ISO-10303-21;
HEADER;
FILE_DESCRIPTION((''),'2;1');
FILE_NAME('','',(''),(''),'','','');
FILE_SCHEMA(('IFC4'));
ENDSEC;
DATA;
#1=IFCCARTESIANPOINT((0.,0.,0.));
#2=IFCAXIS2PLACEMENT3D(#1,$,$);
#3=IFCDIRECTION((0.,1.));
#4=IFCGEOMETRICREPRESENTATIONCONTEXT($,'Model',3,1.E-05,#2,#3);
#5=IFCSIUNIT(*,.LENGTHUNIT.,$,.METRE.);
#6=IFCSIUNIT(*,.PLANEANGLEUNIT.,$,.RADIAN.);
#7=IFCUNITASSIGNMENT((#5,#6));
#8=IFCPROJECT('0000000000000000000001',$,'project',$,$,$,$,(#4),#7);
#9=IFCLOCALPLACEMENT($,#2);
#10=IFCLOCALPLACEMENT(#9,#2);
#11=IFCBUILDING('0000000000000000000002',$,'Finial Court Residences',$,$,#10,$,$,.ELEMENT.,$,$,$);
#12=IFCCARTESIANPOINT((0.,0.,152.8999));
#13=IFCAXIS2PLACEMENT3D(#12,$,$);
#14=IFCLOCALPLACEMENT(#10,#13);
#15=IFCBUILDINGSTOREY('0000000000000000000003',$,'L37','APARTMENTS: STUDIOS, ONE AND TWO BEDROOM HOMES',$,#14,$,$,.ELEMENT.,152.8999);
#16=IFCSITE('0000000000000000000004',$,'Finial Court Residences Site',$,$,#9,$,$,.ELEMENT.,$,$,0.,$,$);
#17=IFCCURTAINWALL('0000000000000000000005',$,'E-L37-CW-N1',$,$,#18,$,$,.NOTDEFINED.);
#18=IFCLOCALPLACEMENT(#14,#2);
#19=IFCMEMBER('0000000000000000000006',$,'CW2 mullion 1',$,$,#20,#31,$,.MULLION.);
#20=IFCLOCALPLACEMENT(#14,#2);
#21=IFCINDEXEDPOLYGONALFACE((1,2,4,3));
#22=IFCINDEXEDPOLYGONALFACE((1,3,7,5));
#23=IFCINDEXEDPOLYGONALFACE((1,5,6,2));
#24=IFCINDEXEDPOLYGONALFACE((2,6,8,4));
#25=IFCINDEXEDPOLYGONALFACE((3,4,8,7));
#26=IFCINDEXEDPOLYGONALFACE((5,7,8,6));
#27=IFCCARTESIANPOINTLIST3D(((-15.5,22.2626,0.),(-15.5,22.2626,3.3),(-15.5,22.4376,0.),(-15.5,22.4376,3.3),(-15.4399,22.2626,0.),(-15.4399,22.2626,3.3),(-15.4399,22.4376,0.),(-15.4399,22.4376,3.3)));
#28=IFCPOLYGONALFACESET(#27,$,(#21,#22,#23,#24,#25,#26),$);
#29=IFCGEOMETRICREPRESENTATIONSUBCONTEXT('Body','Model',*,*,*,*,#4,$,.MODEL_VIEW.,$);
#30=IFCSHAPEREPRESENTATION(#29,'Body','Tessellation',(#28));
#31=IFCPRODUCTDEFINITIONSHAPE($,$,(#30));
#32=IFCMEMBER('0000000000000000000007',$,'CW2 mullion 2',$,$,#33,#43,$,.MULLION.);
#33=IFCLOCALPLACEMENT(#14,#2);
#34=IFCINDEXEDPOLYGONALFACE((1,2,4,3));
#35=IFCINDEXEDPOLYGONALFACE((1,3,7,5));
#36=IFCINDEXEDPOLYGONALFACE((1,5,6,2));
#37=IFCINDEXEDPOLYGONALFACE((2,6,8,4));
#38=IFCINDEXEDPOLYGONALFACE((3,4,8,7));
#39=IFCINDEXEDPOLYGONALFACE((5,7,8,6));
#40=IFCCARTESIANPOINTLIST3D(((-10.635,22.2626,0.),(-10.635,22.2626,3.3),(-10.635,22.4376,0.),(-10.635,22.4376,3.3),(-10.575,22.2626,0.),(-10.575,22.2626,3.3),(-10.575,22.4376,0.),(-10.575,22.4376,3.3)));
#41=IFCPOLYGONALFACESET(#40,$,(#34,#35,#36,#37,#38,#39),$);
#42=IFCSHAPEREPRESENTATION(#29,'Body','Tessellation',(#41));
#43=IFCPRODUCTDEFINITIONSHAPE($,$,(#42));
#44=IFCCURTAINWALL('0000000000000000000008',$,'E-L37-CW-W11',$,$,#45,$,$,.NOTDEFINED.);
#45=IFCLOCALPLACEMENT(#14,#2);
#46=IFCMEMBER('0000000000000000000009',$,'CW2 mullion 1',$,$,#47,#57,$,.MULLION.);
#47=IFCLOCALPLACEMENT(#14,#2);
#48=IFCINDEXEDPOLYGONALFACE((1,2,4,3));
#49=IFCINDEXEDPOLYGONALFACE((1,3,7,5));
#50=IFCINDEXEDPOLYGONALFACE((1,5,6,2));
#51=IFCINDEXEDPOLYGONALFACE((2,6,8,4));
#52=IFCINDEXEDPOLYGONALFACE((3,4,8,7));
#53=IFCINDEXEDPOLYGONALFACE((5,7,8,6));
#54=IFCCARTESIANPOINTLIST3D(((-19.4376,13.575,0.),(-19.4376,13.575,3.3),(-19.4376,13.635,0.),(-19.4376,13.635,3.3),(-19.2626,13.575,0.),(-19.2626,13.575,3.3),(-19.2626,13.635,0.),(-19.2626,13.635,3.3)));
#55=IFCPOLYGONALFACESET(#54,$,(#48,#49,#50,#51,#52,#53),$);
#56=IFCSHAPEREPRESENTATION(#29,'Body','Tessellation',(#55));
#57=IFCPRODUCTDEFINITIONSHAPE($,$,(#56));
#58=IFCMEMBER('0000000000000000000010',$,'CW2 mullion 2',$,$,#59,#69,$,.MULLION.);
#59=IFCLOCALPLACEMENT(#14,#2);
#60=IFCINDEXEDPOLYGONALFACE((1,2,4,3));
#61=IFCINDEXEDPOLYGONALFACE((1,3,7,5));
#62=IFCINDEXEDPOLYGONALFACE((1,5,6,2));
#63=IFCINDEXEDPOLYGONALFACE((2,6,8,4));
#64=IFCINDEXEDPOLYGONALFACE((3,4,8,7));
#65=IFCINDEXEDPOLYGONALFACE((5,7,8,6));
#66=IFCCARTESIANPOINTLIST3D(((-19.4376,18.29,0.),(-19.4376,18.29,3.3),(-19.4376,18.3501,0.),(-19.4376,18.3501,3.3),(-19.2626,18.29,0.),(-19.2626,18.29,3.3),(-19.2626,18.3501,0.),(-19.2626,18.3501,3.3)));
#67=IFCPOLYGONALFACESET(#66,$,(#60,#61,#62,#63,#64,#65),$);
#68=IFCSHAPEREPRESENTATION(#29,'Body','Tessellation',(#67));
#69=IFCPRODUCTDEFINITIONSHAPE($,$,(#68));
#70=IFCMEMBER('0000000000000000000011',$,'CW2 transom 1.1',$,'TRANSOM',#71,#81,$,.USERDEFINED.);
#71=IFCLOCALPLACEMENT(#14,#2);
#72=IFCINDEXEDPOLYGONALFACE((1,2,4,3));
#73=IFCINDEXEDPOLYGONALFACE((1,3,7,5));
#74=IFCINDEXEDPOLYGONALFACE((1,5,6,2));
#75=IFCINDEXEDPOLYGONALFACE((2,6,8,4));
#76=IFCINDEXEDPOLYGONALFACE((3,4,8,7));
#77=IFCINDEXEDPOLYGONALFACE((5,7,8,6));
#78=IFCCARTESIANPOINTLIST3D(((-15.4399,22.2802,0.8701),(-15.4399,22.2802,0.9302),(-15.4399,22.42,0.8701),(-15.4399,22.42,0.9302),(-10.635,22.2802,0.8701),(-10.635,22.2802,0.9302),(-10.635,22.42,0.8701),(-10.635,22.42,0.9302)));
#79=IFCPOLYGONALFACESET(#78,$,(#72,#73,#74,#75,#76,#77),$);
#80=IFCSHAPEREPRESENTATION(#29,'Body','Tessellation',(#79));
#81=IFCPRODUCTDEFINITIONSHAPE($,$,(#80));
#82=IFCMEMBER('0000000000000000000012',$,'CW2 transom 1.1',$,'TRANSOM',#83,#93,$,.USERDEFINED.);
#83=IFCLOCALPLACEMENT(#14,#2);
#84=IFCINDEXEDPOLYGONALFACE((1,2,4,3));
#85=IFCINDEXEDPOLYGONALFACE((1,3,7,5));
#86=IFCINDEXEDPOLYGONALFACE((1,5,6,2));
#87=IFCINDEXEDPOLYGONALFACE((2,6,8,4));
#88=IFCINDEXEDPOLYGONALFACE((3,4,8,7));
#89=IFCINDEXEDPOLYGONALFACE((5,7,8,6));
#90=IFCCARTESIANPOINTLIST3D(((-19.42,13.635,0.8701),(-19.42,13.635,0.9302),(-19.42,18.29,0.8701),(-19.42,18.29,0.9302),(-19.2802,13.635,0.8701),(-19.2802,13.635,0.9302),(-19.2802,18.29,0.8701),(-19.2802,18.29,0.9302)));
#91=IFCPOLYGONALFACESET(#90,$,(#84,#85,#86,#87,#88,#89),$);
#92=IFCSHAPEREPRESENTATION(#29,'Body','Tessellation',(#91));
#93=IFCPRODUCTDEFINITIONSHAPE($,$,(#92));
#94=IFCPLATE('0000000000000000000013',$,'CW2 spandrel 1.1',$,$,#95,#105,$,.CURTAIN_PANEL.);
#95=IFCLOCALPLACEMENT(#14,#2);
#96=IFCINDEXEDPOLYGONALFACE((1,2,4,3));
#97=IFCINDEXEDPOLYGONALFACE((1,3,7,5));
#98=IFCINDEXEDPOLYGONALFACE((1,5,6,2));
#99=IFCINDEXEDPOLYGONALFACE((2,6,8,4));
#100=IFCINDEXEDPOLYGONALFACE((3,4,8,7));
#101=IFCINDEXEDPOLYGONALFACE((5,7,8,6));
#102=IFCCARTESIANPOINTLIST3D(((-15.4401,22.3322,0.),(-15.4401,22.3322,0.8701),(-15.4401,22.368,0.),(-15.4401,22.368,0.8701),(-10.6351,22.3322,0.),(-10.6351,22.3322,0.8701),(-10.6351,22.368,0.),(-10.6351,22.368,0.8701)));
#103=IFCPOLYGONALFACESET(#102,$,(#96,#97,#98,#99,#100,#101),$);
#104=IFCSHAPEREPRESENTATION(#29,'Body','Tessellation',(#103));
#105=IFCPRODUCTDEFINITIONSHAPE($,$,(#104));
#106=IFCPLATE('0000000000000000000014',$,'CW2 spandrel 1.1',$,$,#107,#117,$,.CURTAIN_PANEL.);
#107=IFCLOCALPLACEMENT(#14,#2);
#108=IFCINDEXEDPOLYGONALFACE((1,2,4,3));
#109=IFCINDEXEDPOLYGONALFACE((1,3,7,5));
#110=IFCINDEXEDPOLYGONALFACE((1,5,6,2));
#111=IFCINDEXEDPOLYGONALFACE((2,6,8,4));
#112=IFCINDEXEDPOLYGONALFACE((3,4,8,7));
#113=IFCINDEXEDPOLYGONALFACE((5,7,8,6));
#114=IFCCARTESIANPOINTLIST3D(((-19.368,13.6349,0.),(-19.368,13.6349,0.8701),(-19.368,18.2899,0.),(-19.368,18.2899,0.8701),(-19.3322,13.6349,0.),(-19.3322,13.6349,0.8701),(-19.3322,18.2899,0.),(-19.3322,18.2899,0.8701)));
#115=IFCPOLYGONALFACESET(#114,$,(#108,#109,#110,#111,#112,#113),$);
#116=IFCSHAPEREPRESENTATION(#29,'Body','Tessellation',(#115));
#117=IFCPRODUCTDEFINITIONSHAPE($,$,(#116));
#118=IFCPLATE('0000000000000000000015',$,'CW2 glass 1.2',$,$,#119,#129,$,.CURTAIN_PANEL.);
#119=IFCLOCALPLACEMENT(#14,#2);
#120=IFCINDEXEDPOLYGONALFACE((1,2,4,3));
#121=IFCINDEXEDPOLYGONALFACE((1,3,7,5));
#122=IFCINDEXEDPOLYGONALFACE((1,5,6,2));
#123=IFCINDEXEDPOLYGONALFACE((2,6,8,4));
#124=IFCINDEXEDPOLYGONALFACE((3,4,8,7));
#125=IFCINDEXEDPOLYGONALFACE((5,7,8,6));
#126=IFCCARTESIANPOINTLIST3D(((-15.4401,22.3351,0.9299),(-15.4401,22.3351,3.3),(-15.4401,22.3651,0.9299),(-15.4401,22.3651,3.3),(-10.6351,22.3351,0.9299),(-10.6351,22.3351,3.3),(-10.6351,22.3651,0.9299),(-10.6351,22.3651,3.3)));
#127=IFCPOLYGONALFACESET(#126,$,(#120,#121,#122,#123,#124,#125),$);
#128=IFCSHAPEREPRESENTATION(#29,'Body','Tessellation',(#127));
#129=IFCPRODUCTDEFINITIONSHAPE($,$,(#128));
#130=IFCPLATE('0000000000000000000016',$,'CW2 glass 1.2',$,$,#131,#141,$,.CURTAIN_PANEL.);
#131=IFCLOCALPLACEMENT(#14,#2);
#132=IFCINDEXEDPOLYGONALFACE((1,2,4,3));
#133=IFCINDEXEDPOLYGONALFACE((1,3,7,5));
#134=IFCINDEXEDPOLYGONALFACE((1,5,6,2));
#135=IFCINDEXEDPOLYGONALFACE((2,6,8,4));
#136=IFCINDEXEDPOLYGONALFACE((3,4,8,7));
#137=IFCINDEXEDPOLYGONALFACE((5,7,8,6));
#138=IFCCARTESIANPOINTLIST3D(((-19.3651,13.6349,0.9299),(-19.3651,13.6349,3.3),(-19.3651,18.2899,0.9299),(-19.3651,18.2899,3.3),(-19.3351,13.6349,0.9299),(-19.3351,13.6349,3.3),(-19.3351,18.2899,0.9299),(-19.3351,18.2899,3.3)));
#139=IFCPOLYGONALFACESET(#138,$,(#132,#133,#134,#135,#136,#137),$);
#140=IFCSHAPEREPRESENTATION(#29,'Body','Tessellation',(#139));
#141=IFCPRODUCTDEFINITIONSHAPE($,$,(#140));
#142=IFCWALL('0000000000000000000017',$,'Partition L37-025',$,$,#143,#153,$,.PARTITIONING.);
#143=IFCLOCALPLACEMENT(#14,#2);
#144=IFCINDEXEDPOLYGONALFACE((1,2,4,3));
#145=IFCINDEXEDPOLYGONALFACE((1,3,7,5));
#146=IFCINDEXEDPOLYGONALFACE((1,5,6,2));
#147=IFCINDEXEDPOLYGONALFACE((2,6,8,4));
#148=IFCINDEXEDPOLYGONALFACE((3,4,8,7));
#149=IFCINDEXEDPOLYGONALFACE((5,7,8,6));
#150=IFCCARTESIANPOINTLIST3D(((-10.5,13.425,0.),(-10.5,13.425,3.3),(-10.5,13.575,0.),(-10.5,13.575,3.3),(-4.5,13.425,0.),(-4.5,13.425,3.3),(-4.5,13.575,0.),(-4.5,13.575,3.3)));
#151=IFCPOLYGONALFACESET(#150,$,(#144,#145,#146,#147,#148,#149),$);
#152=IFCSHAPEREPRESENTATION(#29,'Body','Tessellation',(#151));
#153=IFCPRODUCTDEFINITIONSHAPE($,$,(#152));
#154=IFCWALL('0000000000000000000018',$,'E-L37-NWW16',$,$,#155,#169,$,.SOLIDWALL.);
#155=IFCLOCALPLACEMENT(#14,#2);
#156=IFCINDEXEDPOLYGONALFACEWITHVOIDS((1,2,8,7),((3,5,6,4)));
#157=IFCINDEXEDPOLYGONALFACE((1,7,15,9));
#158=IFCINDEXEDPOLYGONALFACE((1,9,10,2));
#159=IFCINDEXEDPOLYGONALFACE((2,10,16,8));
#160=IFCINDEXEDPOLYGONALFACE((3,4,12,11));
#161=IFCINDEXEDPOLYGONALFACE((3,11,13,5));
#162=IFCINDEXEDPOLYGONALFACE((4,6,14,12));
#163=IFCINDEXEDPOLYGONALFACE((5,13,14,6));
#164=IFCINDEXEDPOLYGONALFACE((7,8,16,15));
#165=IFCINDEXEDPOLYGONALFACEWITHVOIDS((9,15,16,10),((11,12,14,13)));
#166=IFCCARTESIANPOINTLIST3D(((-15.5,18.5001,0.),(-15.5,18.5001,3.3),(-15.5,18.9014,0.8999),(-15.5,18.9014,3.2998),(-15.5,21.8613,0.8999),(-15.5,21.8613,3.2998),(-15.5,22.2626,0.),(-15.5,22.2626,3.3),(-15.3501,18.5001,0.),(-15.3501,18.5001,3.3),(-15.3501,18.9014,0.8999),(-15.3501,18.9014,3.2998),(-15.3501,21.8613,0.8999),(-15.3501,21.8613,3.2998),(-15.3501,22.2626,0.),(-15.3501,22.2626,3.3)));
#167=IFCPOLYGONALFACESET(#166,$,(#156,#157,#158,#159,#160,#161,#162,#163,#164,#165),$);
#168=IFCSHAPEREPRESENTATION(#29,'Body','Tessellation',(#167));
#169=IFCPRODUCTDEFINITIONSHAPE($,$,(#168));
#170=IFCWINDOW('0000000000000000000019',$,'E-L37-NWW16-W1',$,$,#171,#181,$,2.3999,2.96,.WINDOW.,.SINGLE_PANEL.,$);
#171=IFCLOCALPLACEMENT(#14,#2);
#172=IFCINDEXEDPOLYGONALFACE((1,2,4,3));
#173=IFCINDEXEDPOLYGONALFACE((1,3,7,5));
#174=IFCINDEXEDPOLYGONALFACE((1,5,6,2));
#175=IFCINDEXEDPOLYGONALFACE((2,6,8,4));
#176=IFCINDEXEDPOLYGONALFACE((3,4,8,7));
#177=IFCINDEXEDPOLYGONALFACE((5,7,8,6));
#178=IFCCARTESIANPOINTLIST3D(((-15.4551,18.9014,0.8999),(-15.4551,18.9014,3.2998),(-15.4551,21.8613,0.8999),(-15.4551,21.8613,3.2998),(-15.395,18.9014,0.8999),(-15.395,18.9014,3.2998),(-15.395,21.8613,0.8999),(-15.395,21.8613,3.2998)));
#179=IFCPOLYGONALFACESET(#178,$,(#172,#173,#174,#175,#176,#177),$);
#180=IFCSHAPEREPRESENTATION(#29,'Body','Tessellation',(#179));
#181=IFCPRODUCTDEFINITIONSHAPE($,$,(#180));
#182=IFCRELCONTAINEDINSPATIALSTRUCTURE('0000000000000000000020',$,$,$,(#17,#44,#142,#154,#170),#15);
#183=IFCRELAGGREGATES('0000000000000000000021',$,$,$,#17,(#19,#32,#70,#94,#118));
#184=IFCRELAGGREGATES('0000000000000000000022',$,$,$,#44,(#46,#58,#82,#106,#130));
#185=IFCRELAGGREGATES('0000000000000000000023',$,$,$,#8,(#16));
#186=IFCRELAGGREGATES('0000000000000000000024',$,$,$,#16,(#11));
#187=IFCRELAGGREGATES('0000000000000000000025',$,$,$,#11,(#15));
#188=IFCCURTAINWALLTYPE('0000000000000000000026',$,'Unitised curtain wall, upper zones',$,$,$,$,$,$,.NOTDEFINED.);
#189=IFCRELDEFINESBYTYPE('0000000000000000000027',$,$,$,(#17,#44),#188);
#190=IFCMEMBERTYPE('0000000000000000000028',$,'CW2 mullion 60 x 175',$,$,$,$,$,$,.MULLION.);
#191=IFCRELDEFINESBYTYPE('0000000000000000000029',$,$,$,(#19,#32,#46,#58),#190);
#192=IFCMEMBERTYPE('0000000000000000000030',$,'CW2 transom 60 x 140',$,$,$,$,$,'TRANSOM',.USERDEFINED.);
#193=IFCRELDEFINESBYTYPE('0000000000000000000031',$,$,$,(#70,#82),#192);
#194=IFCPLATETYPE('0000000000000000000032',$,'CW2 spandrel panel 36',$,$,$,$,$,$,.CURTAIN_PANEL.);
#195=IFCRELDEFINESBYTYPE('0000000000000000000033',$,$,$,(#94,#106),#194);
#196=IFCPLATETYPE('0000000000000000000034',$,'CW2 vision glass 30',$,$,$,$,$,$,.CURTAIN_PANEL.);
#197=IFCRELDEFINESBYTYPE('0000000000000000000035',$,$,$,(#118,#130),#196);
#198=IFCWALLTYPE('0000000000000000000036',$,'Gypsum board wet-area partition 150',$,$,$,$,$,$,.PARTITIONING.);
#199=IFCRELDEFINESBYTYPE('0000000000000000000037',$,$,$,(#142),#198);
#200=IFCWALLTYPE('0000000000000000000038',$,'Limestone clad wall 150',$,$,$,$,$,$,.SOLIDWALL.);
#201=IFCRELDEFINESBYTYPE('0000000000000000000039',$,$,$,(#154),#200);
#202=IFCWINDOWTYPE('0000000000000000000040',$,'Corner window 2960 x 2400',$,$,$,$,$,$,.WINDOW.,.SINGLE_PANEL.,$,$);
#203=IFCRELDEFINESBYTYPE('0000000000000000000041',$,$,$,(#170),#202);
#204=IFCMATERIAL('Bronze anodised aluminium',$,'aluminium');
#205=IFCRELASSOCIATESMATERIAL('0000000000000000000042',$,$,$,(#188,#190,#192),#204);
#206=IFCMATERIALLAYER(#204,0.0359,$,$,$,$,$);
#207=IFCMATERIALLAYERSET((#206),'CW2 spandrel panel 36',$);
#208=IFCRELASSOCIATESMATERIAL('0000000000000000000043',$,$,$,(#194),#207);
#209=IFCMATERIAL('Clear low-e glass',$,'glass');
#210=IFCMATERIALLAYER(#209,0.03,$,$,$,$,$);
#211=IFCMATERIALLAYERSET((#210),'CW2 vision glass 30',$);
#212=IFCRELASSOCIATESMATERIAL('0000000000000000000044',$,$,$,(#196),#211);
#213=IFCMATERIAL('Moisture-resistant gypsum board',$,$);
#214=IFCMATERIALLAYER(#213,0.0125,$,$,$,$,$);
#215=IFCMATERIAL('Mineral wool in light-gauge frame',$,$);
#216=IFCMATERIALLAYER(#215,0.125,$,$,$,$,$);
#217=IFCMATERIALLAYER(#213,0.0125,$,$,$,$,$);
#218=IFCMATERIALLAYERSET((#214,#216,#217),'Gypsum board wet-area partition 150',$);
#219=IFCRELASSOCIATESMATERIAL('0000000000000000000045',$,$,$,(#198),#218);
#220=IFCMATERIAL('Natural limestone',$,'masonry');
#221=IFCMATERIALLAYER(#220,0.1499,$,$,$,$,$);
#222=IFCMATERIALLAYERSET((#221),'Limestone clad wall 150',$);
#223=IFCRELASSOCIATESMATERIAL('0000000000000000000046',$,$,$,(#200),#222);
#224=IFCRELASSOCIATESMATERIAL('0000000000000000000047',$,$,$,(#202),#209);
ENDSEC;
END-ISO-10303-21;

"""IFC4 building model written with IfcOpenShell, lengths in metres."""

from ifc_helpers import new_model, si_unit, direction, frame, frame_2d, origin, origin_2d, place, context, subcontext, project, spatial, rectangle, extrude, material, layer, layer_set, material_profile, profile_set, type_object, element, fill, aggregate, save


model = new_model("IFC4")

# Units and contexts
model_context = context("Model", 3, precision=1e-05, world=origin(), true_north=direction((0.0, 1.0)))
body_context = subcontext(model_context, "Body", "Model", "MODEL_VIEW")
ifc_project = project(units=[si_unit("LENGTHUNIT", "METRE"), si_unit("PLANEANGLEUNIT", "RADIAN")], contexts=[model_context])

# Site, building, storey
site_placement = place(None, origin())
site = spatial("IfcSite", under=ifc_project, at=site_placement, Name="Finial Court Residences Site", CompositionType="ELEMENT", RefElevation=0.0)
building_placement = place(site_placement, origin())
building = spatial("IfcBuilding", under=site, at=building_placement, Name="Finial Court Residences", CompositionType="ELEMENT")
storey_placement = place(building_placement, frame((0.0, 0.0, 152.8999)))
storey = spatial("IfcBuildingStorey", under=building, at=storey_placement, Name="L37", Description="APARTMENTS: STUDIOS, ONE AND TWO BEDROOM HOMES", CompositionType="ELEMENT", Elevation=152.8999)

# Curtain walls, members
ifc_material_1 = material(Name="Bronze anodised aluminium", Category="aluminium")
curtain_wall_type = type_object("IfcCurtainWallType", Name="Unitised curtain wall, upper zones", PredefinedType="NOTDEFINED", material=ifc_material_1)
curtain_wall_1_placement = place(storey_placement, origin())
curtain_wall_1 = element("IfcCurtainWall", 1, at=curtain_wall_1_placement, inside=storey, type_object=curtain_wall_type, Name="E-L37-CW-N1", PredefinedType="NOTDEFINED")
ifc_material_profile_1 = material_profile(ifc_material_1, rectangle(XDim=0.175, YDim=0.0601, at=origin_2d()), Name="CW2 mullion 60 x 175")
ifc_profile_set_1 = profile_set([ifc_material_profile_1], Name="Bronze anodised aluminium")
member_type_1 = type_object("IfcMemberType", Name="CW2 mullion 60 x 175", PredefinedType="MULLION", material=ifc_profile_set_1)
member_1_placement = place(storey_placement, frame((-15.47, 22.3501, 0.0), z_axis=(0.0, 0.0, 1.0), x_axis=(0.0, 1.0, 0.0)))
member_1 = element("IfcMember", 2, at=member_1_placement, type_object=member_type_1, Name="CW2 mullion 1", PredefinedType="MULLION", context=body_context, shape_type="SweptSolid", body=[
    extrude(rectangle(XDim=0.175, YDim=0.0601, at=origin_2d()), origin(), (0.0, 0.0, 1.0), 3.3),
])
member_2_placement = place(storey_placement, frame((-10.605, 22.3501, 0.0), z_axis=(0.0, 0.0, 1.0), x_axis=(0.0, 1.0, 0.0)))
member_2 = element("IfcMember", 3, at=member_2_placement, type_object=member_type_1, Name="CW2 mullion 2", PredefinedType="MULLION", context=body_context, shape_type="SweptSolid", body=[
    extrude(rectangle(XDim=0.175, YDim=0.0601, at=origin_2d()), origin(), (0.0, 0.0, 1.0), 3.3),
])
curtain_wall_2_placement = place(storey_placement, origin())
curtain_wall_2 = element("IfcCurtainWall", 4, at=curtain_wall_2_placement, inside=storey, type_object=curtain_wall_type, Name="E-L37-CW-W11", PredefinedType="NOTDEFINED")
member_3_placement = place(storey_placement, frame((-19.3501, 13.605, 0.0), z_axis=(0.0, 0.0, 1.0), x_axis=(-1.0, 0.0, 0.0)))
member_3 = element("IfcMember", 5, at=member_3_placement, type_object=member_type_1, Name="CW2 mullion 1", PredefinedType="MULLION", context=body_context, shape_type="SweptSolid", body=[
    extrude(rectangle(XDim=0.175, YDim=0.0601, at=origin_2d()), origin(), (0.0, 0.0, 1.0), 3.3),
])
member_4_placement = place(storey_placement, frame((-19.3501, 18.3201, 0.0), z_axis=(0.0, 0.0, 1.0), x_axis=(-1.0, 0.0, 0.0)))
member_4 = element("IfcMember", 6, at=member_4_placement, type_object=member_type_1, Name="CW2 mullion 2", PredefinedType="MULLION", context=body_context, shape_type="SweptSolid", body=[
    extrude(rectangle(XDim=0.175, YDim=0.0601, at=origin_2d()), origin(), (0.0, 0.0, 1.0), 3.3),
])

# Members
ifc_material_profile_2 = material_profile(ifc_material_1, rectangle(XDim=0.1399, YDim=0.0601, at=origin_2d()), Name="CW2 transom 60 x 140")
ifc_profile_set_2 = profile_set([ifc_material_profile_2], Name="Bronze anodised aluminium")
member_type_2 = type_object("IfcMemberType", Name="CW2 transom 60 x 140", ElementType="TRANSOM", PredefinedType="USERDEFINED", material=ifc_profile_set_2)
member_5_placement = place(storey_placement, frame((-15.4399, 22.3501, 0.9001), z_axis=(1.0, 0.0, 0.0), x_axis=(0.0, 1.0, 0.0)))
member_5 = element("IfcMember", 7, at=member_5_placement, type_object=member_type_2, Name="CW2 transom 1.1", ObjectType="TRANSOM", PredefinedType="USERDEFINED", context=body_context, shape_type="SweptSolid", body=[
    extrude(rectangle(XDim=0.1399, YDim=0.0601, at=origin_2d()), origin(), (0.0, 0.0, 1.0), 4.8049),
])
member_6_placement = place(storey_placement, frame((-19.3501, 13.635, 0.9001), z_axis=(0.0, 1.0, 0.0), x_axis=(-1.0, 0.0, 0.0)))
member_6 = element("IfcMember", 8, at=member_6_placement, type_object=member_type_2, Name="CW2 transom 1.1", ObjectType="TRANSOM", PredefinedType="USERDEFINED", context=body_context, shape_type="SweptSolid", body=[
    extrude(rectangle(XDim=0.1399, YDim=0.0601, at=origin_2d()), origin(), (0.0, 0.0, 1.0), 4.655),
])

# Plates
ifc_layer_1 = layer(ifc_material_1, 0.0359)
ifc_layer_set_1 = layer_set([ifc_layer_1], Name="CW2 spandrel panel 36")
plate_type_1 = type_object("IfcPlateType", Name="CW2 spandrel panel 36", PredefinedType="CURTAIN_PANEL", material=ifc_layer_set_1)
plate_1_placement = place(storey_placement, frame((-13.0376, 22.3501, 0.0), z_axis=(0.0, 0.0, 1.0), x_axis=(1.0, 0.0, 0.0)))
plate_1 = element("IfcPlate", 9, at=plate_1_placement, type_object=plate_type_1, Name="CW2 spandrel 1.1", PredefinedType="CURTAIN_PANEL", context=body_context, shape_type="SweptSolid", body=[
    extrude(rectangle(XDim=4.8049, YDim=0.0359, at=origin_2d()), origin(), (0.0, 0.0, 1.0), 0.8701),
])
plate_2_placement = place(storey_placement, frame((-19.3501, 15.9624, 0.0), z_axis=(0.0, 0.0, 1.0), x_axis=(0.0, 1.0, 0.0)))
plate_2 = element("IfcPlate", 10, at=plate_2_placement, type_object=plate_type_1, Name="CW2 spandrel 1.1", PredefinedType="CURTAIN_PANEL", context=body_context, shape_type="SweptSolid", body=[
    extrude(rectangle(XDim=4.655, YDim=0.0359, at=origin_2d()), origin(), (0.0, 0.0, 1.0), 0.8701),
])
ifc_material_2 = material(Name="Clear low-e glass", Category="glass")
ifc_layer_2 = layer(ifc_material_2, 0.03)
ifc_layer_set_2 = layer_set([ifc_layer_2], Name="CW2 vision glass 30")
plate_type_2 = type_object("IfcPlateType", Name="CW2 vision glass 30", PredefinedType="CURTAIN_PANEL", material=ifc_layer_set_2)
plate_3_placement = place(storey_placement, frame((-13.0376, 22.3501, 0.9299), z_axis=(0.0, 0.0, 1.0), x_axis=(1.0, 0.0, 0.0)))
plate_3 = element("IfcPlate", 11, at=plate_3_placement, type_object=plate_type_2, Name="CW2 glass 1.2", PredefinedType="CURTAIN_PANEL", context=body_context, shape_type="SweptSolid", body=[
    extrude(rectangle(XDim=4.8049, YDim=0.03, at=origin_2d()), origin(), (0.0, 0.0, 1.0), 2.3701),
])
aggregate(curtain_wall_1, [member_1, member_2, member_5, plate_1, plate_3])
plate_4_placement = place(storey_placement, frame((-19.3501, 15.9624, 0.9299), z_axis=(0.0, 0.0, 1.0), x_axis=(0.0, 1.0, 0.0)))
plate_4 = element("IfcPlate", 12, at=plate_4_placement, type_object=plate_type_2, Name="CW2 glass 1.2", PredefinedType="CURTAIN_PANEL", context=body_context, shape_type="SweptSolid", body=[
    extrude(rectangle(XDim=4.655, YDim=0.03, at=origin_2d()), origin(), (0.0, 0.0, 1.0), 2.3701),
])
aggregate(curtain_wall_2, [member_3, member_4, member_6, plate_2, plate_4])

# Wall
ifc_material_3 = material(Name="Moisture-resistant gypsum board")
ifc_layer_3 = layer(ifc_material_3, 0.0125)
ifc_material_4 = material(Name="Mineral wool in light-gauge frame")
ifc_layer_4 = layer(ifc_material_4, 0.125)
ifc_layer_5 = layer(ifc_material_3, 0.0125)
ifc_layer_set_3 = layer_set([ifc_layer_3, ifc_layer_4, ifc_layer_5], Name="Gypsum board wet-area partition 150")
wall_type_1 = type_object("IfcWallType", Name="Gypsum board wet-area partition 150", PredefinedType="PARTITIONING", material=ifc_layer_set_3)
wall_1_placement = place(storey_placement, frame((-10.5, 13.5, 0.0), z_axis=(0.0, 0.0, 1.0), x_axis=(1.0, 0.0, 0.0)))
element("IfcWall", 13, at=wall_1_placement, inside=storey, type_object=wall_type_1, Name="Partition L37-025", PredefinedType="PARTITIONING", context=body_context, shape_type="SweptSolid", body=[
    extrude(rectangle(XDim=6.0, YDim=0.1499, at=frame_2d((3.0, 0.0))), origin(), (0.0, 0.0, 1.0), 3.3),
])

# Wall, opening, window
ifc_material_5 = material(Name="Natural limestone", Category="masonry")
ifc_layer_6 = layer(ifc_material_5, 0.1499)
ifc_layer_set_4 = layer_set([ifc_layer_6], Name="Limestone clad wall 150")
wall_type_2 = type_object("IfcWallType", Name="Limestone clad wall 150", PredefinedType="SOLIDWALL", material=ifc_layer_set_4)
wall_2_placement = place(storey_placement, frame((-15.425, 18.5, 0.0), z_axis=(0.0, 0.0, 1.0), x_axis=(0.0, 1.0, 0.0)))
wall_2 = element("IfcWall", 14, at=wall_2_placement, inside=storey, type_object=wall_type_2, Name="E-L37-NWW16", PredefinedType="SOLIDWALL", context=body_context, shape_type="SweptSolid", body=[
    extrude(rectangle(XDim=3.7625, YDim=0.1499, at=frame_2d((1.8813, 0.0))), origin(), (0.0, 0.0, 1.0), 3.3),
])
opening_1_placement = place(wall_2_placement, frame((0.4014, 0.0, 0.8999)))
opening_1 = element("IfcOpeningElement", 15, at=opening_1_placement, cuts=wall_2, PredefinedType="OPENING", context=body_context, shape_type="SweptSolid", body=[
    extrude(rectangle(XDim=2.96, YDim=2.3999, at=frame_2d((1.48, 1.2))), frame((0.0, 0.085, 0.0), z_axis=(0.0, -1.0, 0.0), x_axis=(1.0, 0.0, 0.0)), (0.0, 0.0, 1.0), 0.1699),
])
window_type_1 = type_object("IfcWindowType", Name="Corner window 2960 x 2400", PartitioningType="SINGLE_PANEL", PredefinedType="WINDOW", material=ifc_material_2)
window_1_placement = place(opening_1_placement, origin())
window_1 = element("IfcWindow", 16, at=window_1_placement, inside=storey, type_object=window_type_1, Name="E-L37-NWW16-W1", OverallHeight=2.3999, OverallWidth=2.96, PartitioningType="SINGLE_PANEL", PredefinedType="WINDOW", context=body_context, shape_type="SweptSolid", body=[
    extrude(rectangle(XDim=2.96, YDim=2.3999, at=frame_2d((1.48, 1.2))), frame((0.0, 0.03, 0.0), z_axis=(0.0, -1.0, 0.0), x_axis=(1.0, 0.0, 0.0)), (0.0, 0.0, 1.0), 0.0601),
])
fill(opening_1, window_1)

save(model, "model.ifc")
